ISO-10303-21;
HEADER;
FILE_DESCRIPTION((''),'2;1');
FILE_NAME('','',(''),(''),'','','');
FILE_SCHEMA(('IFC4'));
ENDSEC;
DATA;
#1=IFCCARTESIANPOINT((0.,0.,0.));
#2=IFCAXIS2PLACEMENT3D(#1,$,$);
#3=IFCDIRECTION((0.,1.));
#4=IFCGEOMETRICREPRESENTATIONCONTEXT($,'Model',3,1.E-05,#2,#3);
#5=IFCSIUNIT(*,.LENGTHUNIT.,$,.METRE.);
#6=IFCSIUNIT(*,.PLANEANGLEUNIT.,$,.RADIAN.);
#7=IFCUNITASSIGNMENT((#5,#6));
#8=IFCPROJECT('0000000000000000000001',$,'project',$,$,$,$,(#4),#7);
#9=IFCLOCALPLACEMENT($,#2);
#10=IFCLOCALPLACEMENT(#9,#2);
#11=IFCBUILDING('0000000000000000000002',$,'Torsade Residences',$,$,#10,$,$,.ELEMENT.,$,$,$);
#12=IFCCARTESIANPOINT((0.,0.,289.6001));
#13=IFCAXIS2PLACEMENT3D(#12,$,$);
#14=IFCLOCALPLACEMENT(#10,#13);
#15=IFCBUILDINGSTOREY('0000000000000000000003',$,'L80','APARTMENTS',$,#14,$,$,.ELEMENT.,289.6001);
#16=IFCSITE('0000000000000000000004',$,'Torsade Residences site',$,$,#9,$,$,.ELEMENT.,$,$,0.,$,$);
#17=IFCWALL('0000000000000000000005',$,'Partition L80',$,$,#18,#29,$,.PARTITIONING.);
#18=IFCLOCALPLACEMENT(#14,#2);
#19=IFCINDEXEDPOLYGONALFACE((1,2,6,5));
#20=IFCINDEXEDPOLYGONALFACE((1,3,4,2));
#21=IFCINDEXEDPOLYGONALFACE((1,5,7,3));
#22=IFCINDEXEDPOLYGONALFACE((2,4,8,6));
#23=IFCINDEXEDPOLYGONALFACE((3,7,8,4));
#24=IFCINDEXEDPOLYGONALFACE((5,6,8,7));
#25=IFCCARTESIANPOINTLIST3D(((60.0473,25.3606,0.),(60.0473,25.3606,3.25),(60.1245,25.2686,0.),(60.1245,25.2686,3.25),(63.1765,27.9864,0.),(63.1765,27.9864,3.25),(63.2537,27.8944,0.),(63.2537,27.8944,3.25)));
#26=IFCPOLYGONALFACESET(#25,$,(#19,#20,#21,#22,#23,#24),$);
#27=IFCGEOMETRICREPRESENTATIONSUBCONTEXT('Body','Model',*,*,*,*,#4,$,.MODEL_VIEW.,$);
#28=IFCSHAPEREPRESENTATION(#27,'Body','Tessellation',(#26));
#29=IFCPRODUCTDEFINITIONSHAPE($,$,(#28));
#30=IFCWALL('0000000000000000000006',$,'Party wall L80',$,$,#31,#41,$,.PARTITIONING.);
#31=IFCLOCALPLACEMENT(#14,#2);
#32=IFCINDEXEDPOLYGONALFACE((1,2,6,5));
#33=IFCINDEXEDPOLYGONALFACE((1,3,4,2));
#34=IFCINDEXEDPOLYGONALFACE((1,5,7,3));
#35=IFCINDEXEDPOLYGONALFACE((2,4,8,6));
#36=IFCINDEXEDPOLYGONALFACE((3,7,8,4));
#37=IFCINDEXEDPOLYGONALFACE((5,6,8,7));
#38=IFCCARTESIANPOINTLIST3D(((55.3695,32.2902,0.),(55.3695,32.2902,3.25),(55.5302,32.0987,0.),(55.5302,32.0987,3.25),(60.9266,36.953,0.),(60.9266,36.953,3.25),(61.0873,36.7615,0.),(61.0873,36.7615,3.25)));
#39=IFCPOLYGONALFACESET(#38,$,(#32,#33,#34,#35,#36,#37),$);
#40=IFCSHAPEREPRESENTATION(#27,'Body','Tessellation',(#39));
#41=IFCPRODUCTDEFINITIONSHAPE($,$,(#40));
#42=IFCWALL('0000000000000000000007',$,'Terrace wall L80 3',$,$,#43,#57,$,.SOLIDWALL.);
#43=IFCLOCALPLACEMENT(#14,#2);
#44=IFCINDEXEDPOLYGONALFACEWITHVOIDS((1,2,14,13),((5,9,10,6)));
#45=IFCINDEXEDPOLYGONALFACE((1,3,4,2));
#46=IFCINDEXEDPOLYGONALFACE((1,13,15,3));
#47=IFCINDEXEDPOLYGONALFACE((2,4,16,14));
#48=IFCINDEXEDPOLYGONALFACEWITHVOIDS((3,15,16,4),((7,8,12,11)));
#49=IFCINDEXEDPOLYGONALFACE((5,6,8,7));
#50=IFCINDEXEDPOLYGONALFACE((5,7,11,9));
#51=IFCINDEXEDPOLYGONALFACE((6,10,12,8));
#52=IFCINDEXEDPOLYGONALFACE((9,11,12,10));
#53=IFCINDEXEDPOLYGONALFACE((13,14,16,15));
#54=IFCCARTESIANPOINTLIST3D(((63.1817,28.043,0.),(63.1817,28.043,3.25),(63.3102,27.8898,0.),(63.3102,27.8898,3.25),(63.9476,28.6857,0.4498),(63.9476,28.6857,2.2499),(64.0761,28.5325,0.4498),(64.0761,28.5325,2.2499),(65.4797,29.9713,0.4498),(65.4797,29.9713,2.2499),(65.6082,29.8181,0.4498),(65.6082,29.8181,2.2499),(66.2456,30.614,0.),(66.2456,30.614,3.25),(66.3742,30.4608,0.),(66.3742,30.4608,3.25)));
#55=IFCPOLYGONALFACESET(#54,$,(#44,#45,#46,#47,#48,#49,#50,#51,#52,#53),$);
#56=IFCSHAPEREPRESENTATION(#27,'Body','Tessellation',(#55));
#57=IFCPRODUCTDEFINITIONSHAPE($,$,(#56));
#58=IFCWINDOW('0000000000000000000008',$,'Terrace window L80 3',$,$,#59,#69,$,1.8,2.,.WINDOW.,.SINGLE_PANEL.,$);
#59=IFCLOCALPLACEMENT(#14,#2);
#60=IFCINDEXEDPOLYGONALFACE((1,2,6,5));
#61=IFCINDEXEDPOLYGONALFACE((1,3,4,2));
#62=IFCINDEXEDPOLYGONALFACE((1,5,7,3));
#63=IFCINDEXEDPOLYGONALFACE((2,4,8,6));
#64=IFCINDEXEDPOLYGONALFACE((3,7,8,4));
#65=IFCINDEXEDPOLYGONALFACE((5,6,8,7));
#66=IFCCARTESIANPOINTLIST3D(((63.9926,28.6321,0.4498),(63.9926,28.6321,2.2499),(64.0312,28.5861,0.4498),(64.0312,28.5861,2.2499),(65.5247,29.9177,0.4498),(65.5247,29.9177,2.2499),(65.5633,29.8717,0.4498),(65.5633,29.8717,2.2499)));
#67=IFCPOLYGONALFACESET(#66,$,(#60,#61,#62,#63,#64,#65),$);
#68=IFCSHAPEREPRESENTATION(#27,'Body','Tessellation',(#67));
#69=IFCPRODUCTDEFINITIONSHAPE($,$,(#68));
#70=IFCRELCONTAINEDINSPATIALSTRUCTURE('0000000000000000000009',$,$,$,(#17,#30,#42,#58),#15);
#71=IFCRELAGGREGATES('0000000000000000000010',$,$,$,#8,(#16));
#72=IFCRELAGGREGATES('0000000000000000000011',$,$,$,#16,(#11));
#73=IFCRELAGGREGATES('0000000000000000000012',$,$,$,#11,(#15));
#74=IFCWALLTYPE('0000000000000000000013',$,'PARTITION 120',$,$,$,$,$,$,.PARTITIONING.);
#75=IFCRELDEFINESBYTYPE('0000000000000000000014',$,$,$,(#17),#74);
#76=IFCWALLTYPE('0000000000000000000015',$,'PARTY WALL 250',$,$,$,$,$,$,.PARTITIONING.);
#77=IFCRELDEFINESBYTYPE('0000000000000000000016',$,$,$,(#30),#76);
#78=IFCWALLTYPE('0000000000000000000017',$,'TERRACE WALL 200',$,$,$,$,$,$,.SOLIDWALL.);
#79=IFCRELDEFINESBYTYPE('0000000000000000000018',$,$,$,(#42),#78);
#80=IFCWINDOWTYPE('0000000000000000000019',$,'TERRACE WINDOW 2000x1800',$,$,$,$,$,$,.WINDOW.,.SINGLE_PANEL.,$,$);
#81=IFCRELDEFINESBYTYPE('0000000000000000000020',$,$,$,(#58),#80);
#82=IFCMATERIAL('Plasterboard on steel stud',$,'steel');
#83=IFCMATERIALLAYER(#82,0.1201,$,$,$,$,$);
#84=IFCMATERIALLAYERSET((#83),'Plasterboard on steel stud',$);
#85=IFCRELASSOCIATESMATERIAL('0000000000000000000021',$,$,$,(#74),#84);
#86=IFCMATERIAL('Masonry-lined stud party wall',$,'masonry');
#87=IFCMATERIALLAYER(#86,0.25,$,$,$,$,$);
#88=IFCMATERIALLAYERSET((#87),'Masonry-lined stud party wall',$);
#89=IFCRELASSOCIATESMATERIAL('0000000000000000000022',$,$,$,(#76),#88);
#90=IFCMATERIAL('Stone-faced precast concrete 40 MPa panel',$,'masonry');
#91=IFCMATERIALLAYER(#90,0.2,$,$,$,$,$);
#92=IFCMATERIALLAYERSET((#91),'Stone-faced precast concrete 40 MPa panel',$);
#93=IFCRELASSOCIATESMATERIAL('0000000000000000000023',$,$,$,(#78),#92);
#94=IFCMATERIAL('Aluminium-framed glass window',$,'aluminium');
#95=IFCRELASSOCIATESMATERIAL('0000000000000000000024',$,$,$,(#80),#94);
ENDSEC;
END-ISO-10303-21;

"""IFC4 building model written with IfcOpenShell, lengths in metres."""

from ifc_helpers import new_model, si_unit, direction, frame, frame_2d, origin, place, context, subcontext, project, spatial, rectangle, extrude, material, layer, layer_set, type_object, element, fill, save


model = new_model("IFC4")

# Units and contexts
model_context = context("Model", 3, precision=1e-05, world=origin(), true_north=direction((0.0, 1.0)))
body_context = subcontext(model_context, "Body", "Model", "MODEL_VIEW")
ifc_project = project(units=[si_unit("LENGTHUNIT", "METRE"), si_unit("PLANEANGLEUNIT", "RADIAN")], contexts=[model_context])

# Site, building, storey
site_placement = place(None, origin())
site = spatial("IfcSite", under=ifc_project, at=site_placement, Name="Torsade Residences site", CompositionType="ELEMENT", RefElevation=0.0)
building_placement = place(site_placement, origin())
building = spatial("IfcBuilding", under=site, at=building_placement, Name="Torsade Residences", CompositionType="ELEMENT")
storey_placement = place(building_placement, frame((0.0, 0.0, 289.6001)))
storey = spatial("IfcBuildingStorey", under=building, at=storey_placement, Name="L80", Description="APARTMENTS", CompositionType="ELEMENT", Elevation=289.6001)

# Walls
ifc_material_1 = material(Name="Plasterboard on steel stud", Category="steel")
ifc_layer_1 = layer(ifc_material_1, 0.1201)
ifc_layer_set_1 = layer_set([ifc_layer_1], Name="Plasterboard on steel stud")
wall_type_1 = type_object("IfcWallType", Name="PARTITION 120", PredefinedType="PARTITIONING", material=ifc_layer_set_1)
wall_1_placement = place(storey_placement, frame((63.2151, 27.9404, 0.0), z_axis=(0.0, 0.0, 1.0), x_axis=(-0.766037, -0.642797, 0.0)))
element("IfcWall", 1, at=wall_1_placement, inside=storey, type_object=wall_type_1, Name="Partition L80", PredefinedType="PARTITIONING", context=body_context, shape_type="SweptSolid", body=[
    extrude(rectangle(XDim=4.085, YDim=0.1201, at=frame_2d((2.0425, 0.0))), origin(), (0.0, 0.0, 1.0), 3.25),
])
ifc_material_2 = material(Name="Masonry-lined stud party wall", Category="masonry")
ifc_layer_2 = layer(ifc_material_2, 0.25)
ifc_layer_set_2 = layer_set([ifc_layer_2], Name="Masonry-lined stud party wall")
wall_type_2 = type_object("IfcWallType", Name="PARTY WALL 250", PredefinedType="PARTITIONING", material=ifc_layer_set_2)
wall_2_placement = place(storey_placement, frame((61.0068, 36.8572, 0.0), z_axis=(0.0, 0.0, 1.0), x_axis=(-0.766054, -0.642776, 0.0)))
element("IfcWall", 2, at=wall_2_placement, inside=storey, type_object=wall_type_2, Name="Party wall L80", PredefinedType="PARTITIONING", context=body_context, shape_type="SweptSolid", body=[
    extrude(rectangle(XDim=7.2542, YDim=0.25, at=frame_2d((3.627, 0.0))), origin(), (0.0, 0.0, 1.0), 3.25),
])

# Wall, opening, window
ifc_material_3 = material(Name="Stone-faced precast concrete 40 MPa panel", Category="masonry")
ifc_layer_3 = layer(ifc_material_3, 0.2)
ifc_layer_set_3 = layer_set([ifc_layer_3], Name="Stone-faced precast concrete 40 MPa panel")
wall_type_3 = type_object("IfcWallType", Name="TERRACE WALL 200", PredefinedType="SOLIDWALL", material=ifc_layer_set_3)
wall_3_placement = place(storey_placement, frame((63.2458, 27.9663, 0.0), z_axis=(0.0, 0.0, 1.0), x_axis=(0.766035, 0.642798, 0.0)))
wall_3 = element("IfcWall", 3, at=wall_3_placement, inside=storey, type_object=wall_type_3, Name="Terrace wall L80 3", PredefinedType="SOLIDWALL", context=body_context, shape_type="SweptSolid", body=[
    extrude(rectangle(XDim=3.9998, YDim=0.2, at=frame_2d((2.0, 0.0))), origin(), (0.0, 0.0, 1.0), 3.25),
])
opening_placement = place(wall_3_placement, frame((1.0, 0.0, 0.45)))
opening = element("IfcOpeningElement", 4, at=opening_placement, cuts=wall_3, PredefinedType="OPENING", context=body_context, shape_type="SweptSolid", body=[
    extrude(rectangle(XDim=2.0, YDim=1.8, at=frame_2d((1.0, 0.8999))), frame((0.0, 0.1099, 0.0), z_axis=(0.0, -1.0, 0.0), x_axis=(1.0, 0.0, 0.0)), (0.0, 0.0, 1.0), 0.22),
])
ifc_material_4 = material(Name="Aluminium-framed glass window", Category="aluminium")
window_type = type_object("IfcWindowType", Name="TERRACE WINDOW 2000x1800", PartitioningType="SINGLE_PANEL", PredefinedType="WINDOW", material=ifc_material_4)
window_placement = place(opening_placement, origin())
window = element("IfcWindow", 5, at=window_placement, inside=storey, type_object=window_type, Name="Terrace window L80 3", OverallHeight=1.8, OverallWidth=2.0, PartitioningType="SINGLE_PANEL", PredefinedType="WINDOW", context=body_context, shape_type="SweptSolid", body=[
    extrude(rectangle(XDim=2.0, YDim=1.8, at=frame_2d((1.0, 0.8999))), frame((0.0, 0.03, 0.0), z_axis=(0.0, -1.0, 0.0), x_axis=(1.0, 0.0, 0.0)), (0.0, 0.0, 1.0), 0.0601),
])
fill(opening, window)

save(model, "model.ifc")
